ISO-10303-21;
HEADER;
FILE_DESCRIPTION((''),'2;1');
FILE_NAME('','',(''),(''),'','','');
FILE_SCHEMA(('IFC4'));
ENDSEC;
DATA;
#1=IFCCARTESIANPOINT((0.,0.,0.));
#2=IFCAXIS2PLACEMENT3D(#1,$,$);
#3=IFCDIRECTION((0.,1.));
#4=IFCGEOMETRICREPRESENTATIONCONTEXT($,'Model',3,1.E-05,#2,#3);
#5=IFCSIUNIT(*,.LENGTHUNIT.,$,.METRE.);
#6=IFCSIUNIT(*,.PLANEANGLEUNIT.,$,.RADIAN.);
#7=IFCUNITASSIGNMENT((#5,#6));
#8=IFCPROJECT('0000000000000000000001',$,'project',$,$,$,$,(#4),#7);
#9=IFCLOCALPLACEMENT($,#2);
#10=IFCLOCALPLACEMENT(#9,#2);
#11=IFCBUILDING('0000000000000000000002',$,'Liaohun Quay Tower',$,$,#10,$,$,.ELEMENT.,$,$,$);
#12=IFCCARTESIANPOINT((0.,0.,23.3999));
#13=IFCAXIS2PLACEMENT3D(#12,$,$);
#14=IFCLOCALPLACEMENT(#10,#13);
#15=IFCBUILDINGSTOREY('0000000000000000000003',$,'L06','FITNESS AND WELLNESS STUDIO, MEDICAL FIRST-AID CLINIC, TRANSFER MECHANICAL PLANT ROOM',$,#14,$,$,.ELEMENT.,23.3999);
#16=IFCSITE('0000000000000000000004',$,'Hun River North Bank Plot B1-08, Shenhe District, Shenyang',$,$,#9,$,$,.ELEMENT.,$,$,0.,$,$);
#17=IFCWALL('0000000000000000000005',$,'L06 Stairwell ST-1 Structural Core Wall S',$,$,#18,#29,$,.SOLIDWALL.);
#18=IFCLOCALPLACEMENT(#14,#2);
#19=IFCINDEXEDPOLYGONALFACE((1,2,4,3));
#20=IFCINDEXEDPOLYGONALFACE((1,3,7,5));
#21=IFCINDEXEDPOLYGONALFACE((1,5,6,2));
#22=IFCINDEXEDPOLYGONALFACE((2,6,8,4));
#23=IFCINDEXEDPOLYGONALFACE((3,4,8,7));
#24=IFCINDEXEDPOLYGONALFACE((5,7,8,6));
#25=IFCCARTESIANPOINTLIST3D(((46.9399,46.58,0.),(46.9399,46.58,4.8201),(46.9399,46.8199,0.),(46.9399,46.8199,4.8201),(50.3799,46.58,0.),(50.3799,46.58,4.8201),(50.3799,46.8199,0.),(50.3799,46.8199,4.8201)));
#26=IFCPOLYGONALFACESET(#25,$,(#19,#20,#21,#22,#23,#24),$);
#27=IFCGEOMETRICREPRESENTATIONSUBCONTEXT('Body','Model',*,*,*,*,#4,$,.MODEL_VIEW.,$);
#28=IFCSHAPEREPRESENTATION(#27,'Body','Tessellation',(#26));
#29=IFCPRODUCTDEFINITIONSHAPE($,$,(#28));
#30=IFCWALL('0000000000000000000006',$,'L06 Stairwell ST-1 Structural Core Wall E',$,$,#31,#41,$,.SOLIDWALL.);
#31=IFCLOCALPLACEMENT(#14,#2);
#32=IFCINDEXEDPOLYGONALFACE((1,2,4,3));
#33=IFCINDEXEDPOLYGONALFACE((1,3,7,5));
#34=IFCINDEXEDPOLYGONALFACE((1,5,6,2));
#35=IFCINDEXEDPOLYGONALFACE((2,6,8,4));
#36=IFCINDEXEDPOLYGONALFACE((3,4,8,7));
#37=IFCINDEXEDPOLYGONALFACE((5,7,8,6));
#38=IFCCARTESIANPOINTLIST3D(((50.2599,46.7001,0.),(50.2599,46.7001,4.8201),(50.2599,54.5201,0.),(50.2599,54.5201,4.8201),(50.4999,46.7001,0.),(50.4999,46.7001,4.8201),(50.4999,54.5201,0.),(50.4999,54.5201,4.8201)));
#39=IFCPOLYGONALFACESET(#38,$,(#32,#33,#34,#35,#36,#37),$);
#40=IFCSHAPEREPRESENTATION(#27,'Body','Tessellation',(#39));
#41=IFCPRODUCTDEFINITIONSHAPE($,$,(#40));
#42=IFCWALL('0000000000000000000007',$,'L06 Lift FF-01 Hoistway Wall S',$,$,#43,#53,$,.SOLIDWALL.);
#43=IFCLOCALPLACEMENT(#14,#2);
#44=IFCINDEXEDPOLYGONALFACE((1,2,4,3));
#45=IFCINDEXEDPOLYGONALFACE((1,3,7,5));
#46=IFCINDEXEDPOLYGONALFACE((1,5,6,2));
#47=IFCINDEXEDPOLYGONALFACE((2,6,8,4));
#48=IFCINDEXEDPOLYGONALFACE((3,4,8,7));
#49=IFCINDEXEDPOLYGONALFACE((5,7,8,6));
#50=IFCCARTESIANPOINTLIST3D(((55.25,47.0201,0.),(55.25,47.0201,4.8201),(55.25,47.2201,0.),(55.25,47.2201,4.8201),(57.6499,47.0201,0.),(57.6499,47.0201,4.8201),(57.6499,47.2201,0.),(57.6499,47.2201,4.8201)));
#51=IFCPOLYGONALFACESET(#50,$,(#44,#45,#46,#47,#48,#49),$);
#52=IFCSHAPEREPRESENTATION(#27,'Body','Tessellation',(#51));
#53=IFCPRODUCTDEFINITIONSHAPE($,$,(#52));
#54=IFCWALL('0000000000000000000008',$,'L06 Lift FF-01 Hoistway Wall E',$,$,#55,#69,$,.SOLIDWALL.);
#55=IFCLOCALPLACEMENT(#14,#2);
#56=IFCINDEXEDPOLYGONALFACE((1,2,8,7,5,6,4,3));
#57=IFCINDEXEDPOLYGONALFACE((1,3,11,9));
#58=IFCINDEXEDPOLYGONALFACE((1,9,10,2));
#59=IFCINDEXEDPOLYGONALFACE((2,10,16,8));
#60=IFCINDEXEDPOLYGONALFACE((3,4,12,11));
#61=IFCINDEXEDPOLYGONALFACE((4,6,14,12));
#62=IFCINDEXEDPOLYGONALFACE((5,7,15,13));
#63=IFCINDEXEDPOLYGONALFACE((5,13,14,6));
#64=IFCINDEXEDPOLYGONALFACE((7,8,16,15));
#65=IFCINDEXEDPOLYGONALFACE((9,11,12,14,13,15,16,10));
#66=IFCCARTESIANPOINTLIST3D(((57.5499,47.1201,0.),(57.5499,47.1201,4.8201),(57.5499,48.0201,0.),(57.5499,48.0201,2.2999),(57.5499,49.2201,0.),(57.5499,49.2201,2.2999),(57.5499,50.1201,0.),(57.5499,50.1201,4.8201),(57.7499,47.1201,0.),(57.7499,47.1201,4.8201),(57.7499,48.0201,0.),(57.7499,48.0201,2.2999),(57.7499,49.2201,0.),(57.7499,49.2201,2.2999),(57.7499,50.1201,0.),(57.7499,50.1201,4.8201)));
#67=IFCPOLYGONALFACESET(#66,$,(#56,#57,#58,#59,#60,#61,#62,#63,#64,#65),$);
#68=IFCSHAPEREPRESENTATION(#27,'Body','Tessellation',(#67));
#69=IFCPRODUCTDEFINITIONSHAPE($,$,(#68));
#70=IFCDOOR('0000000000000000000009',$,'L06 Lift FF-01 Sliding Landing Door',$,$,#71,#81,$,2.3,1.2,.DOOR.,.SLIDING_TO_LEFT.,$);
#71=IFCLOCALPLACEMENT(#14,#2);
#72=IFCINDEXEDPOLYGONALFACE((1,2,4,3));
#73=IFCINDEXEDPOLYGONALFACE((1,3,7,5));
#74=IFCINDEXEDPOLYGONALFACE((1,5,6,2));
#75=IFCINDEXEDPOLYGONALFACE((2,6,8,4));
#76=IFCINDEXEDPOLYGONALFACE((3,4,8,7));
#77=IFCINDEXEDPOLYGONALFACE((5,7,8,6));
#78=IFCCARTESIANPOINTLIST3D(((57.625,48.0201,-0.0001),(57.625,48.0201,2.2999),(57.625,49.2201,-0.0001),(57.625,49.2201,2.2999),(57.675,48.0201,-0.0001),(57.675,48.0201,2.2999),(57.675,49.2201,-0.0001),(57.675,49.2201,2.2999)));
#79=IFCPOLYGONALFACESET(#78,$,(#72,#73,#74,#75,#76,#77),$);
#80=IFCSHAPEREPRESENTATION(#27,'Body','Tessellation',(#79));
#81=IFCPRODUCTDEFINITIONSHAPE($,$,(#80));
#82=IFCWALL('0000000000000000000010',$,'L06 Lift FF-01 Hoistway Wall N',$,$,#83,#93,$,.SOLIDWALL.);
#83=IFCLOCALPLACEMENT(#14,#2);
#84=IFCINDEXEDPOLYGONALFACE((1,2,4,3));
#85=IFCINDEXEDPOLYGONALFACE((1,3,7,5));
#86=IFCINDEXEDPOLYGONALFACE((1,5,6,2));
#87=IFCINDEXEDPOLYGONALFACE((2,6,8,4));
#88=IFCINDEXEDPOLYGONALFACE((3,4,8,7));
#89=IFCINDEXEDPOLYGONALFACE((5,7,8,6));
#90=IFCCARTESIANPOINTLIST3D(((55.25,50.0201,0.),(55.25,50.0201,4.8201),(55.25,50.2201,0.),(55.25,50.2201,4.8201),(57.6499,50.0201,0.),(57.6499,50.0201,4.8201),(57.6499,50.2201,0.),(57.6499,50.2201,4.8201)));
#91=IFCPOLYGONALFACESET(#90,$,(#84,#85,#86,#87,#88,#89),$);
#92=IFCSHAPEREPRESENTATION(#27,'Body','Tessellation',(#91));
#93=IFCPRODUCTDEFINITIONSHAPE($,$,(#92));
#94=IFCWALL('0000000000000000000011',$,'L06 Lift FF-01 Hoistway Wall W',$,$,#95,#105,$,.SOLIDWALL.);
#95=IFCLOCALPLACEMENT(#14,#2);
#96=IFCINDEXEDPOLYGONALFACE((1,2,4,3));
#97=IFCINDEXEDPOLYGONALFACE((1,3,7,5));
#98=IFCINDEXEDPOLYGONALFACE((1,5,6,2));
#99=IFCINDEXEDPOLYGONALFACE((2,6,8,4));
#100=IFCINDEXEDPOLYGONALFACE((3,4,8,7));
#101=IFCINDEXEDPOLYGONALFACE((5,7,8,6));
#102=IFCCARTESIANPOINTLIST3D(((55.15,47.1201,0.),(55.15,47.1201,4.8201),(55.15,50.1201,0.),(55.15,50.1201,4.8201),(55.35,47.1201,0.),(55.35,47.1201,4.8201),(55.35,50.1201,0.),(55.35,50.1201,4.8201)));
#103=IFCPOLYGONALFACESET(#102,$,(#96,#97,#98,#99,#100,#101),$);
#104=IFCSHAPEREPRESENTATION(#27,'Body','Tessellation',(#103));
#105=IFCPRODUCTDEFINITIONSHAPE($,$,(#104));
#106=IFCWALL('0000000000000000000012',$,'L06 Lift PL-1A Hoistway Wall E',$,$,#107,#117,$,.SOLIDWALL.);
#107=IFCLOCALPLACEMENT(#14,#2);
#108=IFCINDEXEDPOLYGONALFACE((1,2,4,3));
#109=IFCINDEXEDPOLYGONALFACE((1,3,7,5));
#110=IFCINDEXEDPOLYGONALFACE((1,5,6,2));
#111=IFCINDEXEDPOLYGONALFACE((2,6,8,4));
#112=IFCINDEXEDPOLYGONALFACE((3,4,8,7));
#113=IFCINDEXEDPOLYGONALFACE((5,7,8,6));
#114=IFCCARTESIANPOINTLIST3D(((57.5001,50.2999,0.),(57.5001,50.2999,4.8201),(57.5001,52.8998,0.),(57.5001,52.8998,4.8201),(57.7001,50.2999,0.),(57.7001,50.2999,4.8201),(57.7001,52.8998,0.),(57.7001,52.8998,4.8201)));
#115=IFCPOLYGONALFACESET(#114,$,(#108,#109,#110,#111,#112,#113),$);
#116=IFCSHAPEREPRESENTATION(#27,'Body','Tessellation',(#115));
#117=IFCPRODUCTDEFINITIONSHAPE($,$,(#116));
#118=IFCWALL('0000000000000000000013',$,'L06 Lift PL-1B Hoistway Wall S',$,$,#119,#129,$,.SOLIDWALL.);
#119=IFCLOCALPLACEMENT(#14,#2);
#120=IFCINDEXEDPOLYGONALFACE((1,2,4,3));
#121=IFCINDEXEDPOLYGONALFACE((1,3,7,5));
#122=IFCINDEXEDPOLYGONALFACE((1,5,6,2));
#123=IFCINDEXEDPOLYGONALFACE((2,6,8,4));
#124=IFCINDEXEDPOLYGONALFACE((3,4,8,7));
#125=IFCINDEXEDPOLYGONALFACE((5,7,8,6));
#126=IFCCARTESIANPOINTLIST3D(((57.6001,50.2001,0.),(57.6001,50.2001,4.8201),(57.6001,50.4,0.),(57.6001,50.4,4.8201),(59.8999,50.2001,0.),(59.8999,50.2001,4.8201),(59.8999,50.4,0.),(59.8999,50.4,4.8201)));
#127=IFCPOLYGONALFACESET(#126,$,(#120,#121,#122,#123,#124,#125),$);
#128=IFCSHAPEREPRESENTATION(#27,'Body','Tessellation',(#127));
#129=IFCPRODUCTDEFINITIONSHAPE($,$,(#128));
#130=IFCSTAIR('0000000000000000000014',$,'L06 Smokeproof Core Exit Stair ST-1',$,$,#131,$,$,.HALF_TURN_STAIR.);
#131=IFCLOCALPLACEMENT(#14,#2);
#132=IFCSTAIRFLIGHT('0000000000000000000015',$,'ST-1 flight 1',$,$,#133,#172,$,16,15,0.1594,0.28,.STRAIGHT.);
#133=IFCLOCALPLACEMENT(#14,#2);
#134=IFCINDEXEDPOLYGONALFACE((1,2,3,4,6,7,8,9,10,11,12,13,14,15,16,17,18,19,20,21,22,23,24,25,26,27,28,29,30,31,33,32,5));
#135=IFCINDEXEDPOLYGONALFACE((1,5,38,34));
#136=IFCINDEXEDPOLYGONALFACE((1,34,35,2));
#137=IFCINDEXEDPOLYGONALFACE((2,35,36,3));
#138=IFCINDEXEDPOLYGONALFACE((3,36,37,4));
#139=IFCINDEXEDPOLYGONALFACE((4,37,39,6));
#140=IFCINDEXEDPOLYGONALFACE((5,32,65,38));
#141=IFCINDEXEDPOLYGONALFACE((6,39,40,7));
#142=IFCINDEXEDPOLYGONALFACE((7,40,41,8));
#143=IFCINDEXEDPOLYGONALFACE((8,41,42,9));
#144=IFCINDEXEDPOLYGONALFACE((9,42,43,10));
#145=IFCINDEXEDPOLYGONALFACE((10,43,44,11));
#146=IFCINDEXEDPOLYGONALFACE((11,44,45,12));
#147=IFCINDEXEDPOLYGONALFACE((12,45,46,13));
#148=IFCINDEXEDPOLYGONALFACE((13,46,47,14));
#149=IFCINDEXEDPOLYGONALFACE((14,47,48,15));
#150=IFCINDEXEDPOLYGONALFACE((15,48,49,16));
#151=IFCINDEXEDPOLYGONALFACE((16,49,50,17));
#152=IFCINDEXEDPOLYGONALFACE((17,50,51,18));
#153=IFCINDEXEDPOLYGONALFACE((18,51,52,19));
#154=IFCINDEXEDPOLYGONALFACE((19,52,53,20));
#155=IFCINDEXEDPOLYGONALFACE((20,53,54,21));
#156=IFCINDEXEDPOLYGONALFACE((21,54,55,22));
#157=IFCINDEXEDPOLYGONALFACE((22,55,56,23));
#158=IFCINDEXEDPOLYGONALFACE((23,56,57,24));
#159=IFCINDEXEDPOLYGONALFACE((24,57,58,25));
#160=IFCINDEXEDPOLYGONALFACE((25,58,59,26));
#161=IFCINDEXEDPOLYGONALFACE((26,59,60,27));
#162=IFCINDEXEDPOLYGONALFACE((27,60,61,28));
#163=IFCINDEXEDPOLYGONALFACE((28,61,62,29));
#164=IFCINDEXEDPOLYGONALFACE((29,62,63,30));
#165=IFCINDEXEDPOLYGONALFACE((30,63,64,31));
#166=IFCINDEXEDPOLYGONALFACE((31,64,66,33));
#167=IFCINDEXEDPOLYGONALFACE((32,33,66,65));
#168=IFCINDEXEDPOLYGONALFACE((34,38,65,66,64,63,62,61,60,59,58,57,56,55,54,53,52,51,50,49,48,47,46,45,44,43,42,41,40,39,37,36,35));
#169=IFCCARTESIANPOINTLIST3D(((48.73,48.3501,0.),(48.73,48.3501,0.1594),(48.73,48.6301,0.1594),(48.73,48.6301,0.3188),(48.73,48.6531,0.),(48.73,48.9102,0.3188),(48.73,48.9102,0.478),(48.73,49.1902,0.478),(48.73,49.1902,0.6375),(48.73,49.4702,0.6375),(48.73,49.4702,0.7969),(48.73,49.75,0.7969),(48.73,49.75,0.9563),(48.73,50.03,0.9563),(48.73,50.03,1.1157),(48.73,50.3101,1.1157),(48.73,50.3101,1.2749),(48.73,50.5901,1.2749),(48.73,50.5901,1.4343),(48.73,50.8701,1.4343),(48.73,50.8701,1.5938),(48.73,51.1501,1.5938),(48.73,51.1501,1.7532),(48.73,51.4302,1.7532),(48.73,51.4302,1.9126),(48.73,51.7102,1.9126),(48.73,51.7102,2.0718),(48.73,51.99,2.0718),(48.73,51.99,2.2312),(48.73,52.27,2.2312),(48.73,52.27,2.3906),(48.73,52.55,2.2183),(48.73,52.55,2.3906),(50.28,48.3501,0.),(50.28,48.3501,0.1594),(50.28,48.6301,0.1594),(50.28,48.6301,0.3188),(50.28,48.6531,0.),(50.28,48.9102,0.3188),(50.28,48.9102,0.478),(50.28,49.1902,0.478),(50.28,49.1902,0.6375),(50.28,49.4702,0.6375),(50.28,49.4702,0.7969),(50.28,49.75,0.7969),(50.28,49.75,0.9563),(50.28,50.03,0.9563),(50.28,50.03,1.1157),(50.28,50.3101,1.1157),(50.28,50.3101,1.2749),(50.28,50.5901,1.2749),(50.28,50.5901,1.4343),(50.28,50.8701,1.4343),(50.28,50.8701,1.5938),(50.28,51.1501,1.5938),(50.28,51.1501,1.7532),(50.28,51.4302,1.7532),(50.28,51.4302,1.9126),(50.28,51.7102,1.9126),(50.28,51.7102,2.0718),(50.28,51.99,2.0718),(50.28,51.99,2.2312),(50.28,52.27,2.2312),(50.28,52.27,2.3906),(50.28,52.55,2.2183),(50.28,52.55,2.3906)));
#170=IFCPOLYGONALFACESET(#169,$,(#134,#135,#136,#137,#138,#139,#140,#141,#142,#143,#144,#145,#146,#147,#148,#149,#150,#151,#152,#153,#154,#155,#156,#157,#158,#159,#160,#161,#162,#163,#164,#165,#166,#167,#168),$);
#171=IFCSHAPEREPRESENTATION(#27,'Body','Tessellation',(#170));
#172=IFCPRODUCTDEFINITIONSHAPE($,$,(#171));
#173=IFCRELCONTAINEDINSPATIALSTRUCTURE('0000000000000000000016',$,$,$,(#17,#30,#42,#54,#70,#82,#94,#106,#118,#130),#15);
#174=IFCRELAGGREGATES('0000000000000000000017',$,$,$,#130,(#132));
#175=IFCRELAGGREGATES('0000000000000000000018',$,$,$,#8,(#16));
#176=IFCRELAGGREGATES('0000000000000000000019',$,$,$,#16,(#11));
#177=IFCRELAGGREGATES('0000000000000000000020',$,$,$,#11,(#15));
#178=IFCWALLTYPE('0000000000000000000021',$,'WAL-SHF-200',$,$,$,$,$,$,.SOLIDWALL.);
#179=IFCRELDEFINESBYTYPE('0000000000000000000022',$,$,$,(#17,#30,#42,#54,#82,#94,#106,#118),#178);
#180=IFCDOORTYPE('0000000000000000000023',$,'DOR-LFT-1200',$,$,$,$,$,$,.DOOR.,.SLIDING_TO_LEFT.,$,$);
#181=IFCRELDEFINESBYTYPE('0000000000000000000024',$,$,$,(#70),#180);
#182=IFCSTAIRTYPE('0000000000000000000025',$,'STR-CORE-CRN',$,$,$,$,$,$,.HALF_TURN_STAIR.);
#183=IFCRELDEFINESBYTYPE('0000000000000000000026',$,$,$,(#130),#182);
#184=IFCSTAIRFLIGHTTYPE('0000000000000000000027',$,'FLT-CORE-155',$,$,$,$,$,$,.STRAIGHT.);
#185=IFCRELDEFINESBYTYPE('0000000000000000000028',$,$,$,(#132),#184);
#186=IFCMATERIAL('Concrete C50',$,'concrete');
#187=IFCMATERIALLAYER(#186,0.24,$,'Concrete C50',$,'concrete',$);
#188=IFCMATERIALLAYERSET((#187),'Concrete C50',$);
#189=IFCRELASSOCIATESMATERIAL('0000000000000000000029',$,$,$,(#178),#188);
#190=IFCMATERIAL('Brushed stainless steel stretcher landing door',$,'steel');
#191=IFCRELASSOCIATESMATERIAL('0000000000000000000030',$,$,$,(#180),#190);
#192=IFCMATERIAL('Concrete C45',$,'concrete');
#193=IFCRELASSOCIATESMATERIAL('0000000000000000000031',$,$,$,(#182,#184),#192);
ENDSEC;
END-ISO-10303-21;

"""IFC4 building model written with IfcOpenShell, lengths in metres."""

from ifc_helpers import new_model, si_unit, direction, frame, frame_2d, origin, place, context, subcontext, project, spatial, polyline, rectangle, outline, extrude, source, transform, mapped, material, layer, layer_set, type_object, element, fill, aggregate, save


model = new_model("IFC4")

# Units and contexts
model_context = context("Model", 3, precision=1e-05, world=origin(), true_north=direction((0.0, 1.0)))
body_context = subcontext(model_context, "Body", "Model", "MODEL_VIEW")
ifc_project = project(units=[si_unit("LENGTHUNIT", "METRE"), si_unit("PLANEANGLEUNIT", "RADIAN")], contexts=[model_context])

# Site, building, storey
site_placement = place(None, origin())
site = spatial("IfcSite", under=ifc_project, at=site_placement, Name="Hun River North Bank Plot B1-08, Shenhe District, Shenyang", CompositionType="ELEMENT", RefElevation=0.0)
building_placement = place(site_placement, origin())
building = spatial("IfcBuilding", under=site, at=building_placement, Name="Liaohun Quay Tower", CompositionType="ELEMENT")
storey_placement = place(building_placement, frame((0.0, 0.0, 23.3999)))
storey = spatial("IfcBuildingStorey", under=building, at=storey_placement, Name="L06", Description="FITNESS AND WELLNESS STUDIO, MEDICAL FIRST-AID CLINIC, TRANSFER MECHANICAL PLANT ROOM", CompositionType="ELEMENT", Elevation=23.3999)

# Walls
ifc_material_1 = material(Name="Concrete C50", Category="concrete")
ifc_layer_1 = layer(ifc_material_1, 0.24, Name="Concrete C50", Category="concrete")
ifc_layer_set_1 = layer_set([ifc_layer_1], Name="Concrete C50")
wall_type_1 = type_object("IfcWallType", Name="WAL-SHF-200", PredefinedType="SOLIDWALL", material=ifc_layer_set_1)
wall_1_placement = place(storey_placement, frame((46.9399, 46.7, 0.0), z_axis=(0.0, 0.0, 1.0), x_axis=(1.0, 0.0, 0.0)))
element("IfcWall", 1, at=wall_1_placement, inside=storey, type_object=wall_type_1, Name="L06 Stairwell ST-1 Structural Core Wall S", PredefinedType="SOLIDWALL", context=body_context, shape_type="SweptSolid", body=[
    extrude(rectangle(XDim=3.4399, YDim=0.24, at=frame_2d((1.72, 0.0))), origin(), (0.0, 0.0, 1.0), 4.8201),
])
wall_2_placement = place(storey_placement, frame((50.3799, 46.7, 0.0), z_axis=(0.0, 0.0, 1.0), x_axis=(0.0, 1.0, 0.0)))
element("IfcWall", 2, at=wall_2_placement, inside=storey, type_object=wall_type_1, Name="L06 Stairwell ST-1 Structural Core Wall E", PredefinedType="SOLIDWALL", context=body_context, shape_type="SweptSolid", body=[
    extrude(rectangle(XDim=7.8201, YDim=0.24, at=frame_2d((3.9102, 0.0))), origin(), (0.0, 0.0, 1.0), 4.8201),
])
wall_3_placement = place(storey_placement, frame((55.25, 47.1201, 0.0), z_axis=(0.0, 0.0, 1.0), x_axis=(1.0, 0.0, 0.0)))
element("IfcWall", 3, at=wall_3_placement, inside=storey, type_object=wall_type_1, Name="L06 Lift FF-01 Hoistway Wall S", PredefinedType="SOLIDWALL", context=body_context, shape_type="SweptSolid", body=[
    extrude(rectangle(XDim=2.3999, YDim=0.2, at=frame_2d((1.2, 0.0))), origin(), (0.0, 0.0, 1.0), 4.8201),
])

# Wall, opening, door
wall_4_placement = place(storey_placement, frame((57.6499, 47.1201, 0.0), z_axis=(0.0, 0.0, 1.0), x_axis=(0.0, 1.0, 0.0)))
wall_4 = element("IfcWall", 4, at=wall_4_placement, inside=storey, type_object=wall_type_1, Name="L06 Lift FF-01 Hoistway Wall E", PredefinedType="SOLIDWALL", context=body_context, shape_type="SweptSolid", body=[
    extrude(rectangle(XDim=3.0, YDim=0.2, at=frame_2d((1.5, 0.0))), origin(), (0.0, 0.0, 1.0), 4.8201),
])
shared_shape_1 = source(origin(), body_context, "Body", "SweptSolid", [
    extrude(rectangle(XDim=1.2, YDim=2.3, at=frame_2d((0.6001, 1.1499))), frame((0.0, 0.1099, 0.0), z_axis=(0.0, -1.0, 0.0), x_axis=(1.0, 0.0, 0.0)), (0.0, 0.0, 1.0), 0.22),
])
opening_1_placement = place(wall_4_placement, frame((0.8999, 0.0, 0.0)))
opening_1 = element("IfcOpeningElement", 5, at=opening_1_placement, cuts=wall_4, PredefinedType="OPENING", context=body_context, shape_type="MappedRepresentation", body=[
    mapped(shared_shape_1, transform((0.0, 0.0, 0.0), x_axis=(1.0, 0.0, 0.0), y_axis=(0.0, 1.0, 0.0), z_axis=(0.0, 0.0, 1.0), scale=1.0)),
])
ifc_material_2 = material(Name="Brushed stainless steel stretcher landing door", Category="steel")
door_type_1 = type_object("IfcDoorType", Name="DOR-LFT-1200", OperationType="SLIDING_TO_LEFT", PredefinedType="DOOR", material=ifc_material_2)
shared_shape_2 = source(origin(), body_context, "Body", "SweptSolid", [
    extrude(rectangle(XDim=1.2, YDim=2.3, at=frame_2d((0.6001, 1.1499))), frame((0.0, 0.0249, 0.0), z_axis=(0.0, -1.0, 0.0), x_axis=(1.0, 0.0, 0.0)), (0.0, 0.0, 1.0), 0.05),
])
door_1_placement = place(opening_1_placement, origin())
door_1 = element("IfcDoor", 6, at=door_1_placement, inside=storey, type_object=door_type_1, Name="L06 Lift FF-01 Sliding Landing Door", OperationType="SLIDING_TO_LEFT", OverallHeight=2.3, OverallWidth=1.2, PredefinedType="DOOR", context=body_context, shape_type="MappedRepresentation", body=[
    mapped(shared_shape_2, transform((0.0, 0.0, 0.0), x_axis=(1.0, 0.0, 0.0), y_axis=(0.0, 1.0, 0.0), z_axis=(0.0, 0.0, 1.0), scale=1.0)),
])
fill(opening_1, door_1)

# Walls
wall_5_placement = place(storey_placement, frame((57.6499, 50.1201, 0.0), z_axis=(0.0, 0.0, 1.0), x_axis=(-1.0, 0.0, 0.0)))
element("IfcWall", 7, at=wall_5_placement, inside=storey, type_object=wall_type_1, Name="L06 Lift FF-01 Hoistway Wall N", PredefinedType="SOLIDWALL", context=body_context, shape_type="SweptSolid", body=[
    extrude(rectangle(XDim=2.3999, YDim=0.2, at=frame_2d((1.2, 0.0))), origin(), (0.0, 0.0, 1.0), 4.8201),
])
wall_6_placement = place(storey_placement, frame((55.25, 50.1201, 0.0), z_axis=(0.0, 0.0, 1.0), x_axis=(0.0, -1.0, 0.0)))
element("IfcWall", 8, at=wall_6_placement, inside=storey, type_object=wall_type_1, Name="L06 Lift FF-01 Hoistway Wall W", PredefinedType="SOLIDWALL", context=body_context, shape_type="SweptSolid", body=[
    extrude(rectangle(XDim=3.0, YDim=0.2, at=frame_2d((1.5, 0.0))), origin(), (0.0, 0.0, 1.0), 4.8201),
])
wall_7_placement = place(storey_placement, frame((57.6001, 50.3, 0.0), z_axis=(0.0, 0.0, 1.0), x_axis=(0.0, 1.0, 0.0)))
element("IfcWall", 9, at=wall_7_placement, inside=storey, type_object=wall_type_1, Name="L06 Lift PL-1A Hoistway Wall E", PredefinedType="SOLIDWALL", context=body_context, shape_type="SweptSolid", body=[
    extrude(rectangle(XDim=2.5999, YDim=0.2, at=frame_2d((1.2998, 0.0))), origin(), (0.0, 0.0, 1.0), 4.8201),
])
wall_8_placement = place(storey_placement, frame((57.6001, 50.3, 0.0), z_axis=(0.0, 0.0, 1.0), x_axis=(1.0, 0.0, 0.0)))
element("IfcWall", 10, at=wall_8_placement, inside=storey, type_object=wall_type_1, Name="L06 Lift PL-1B Hoistway Wall S", PredefinedType="SOLIDWALL", context=body_context, shape_type="SweptSolid", body=[
    extrude(rectangle(XDim=2.2998, YDim=0.2, at=frame_2d((1.1499, 0.0))), origin(), (0.0, 0.0, 1.0), 4.8201),
])

# Stair, stair flight
ifc_material_3 = material(Name="Concrete C45", Category="concrete")
stair_type = type_object("IfcStairType", Name="STR-CORE-CRN", PredefinedType="HALF_TURN_STAIR", material=ifc_material_3)
stair_placement = place(storey_placement, origin())
stair = element("IfcStair", 11, at=stair_placement, inside=storey, type_object=stair_type, Name="L06 Smokeproof Core Exit Stair ST-1", PredefinedType="HALF_TURN_STAIR")
stair_flight_type = type_object("IfcStairFlightType", Name="FLT-CORE-155", PredefinedType="STRAIGHT", material=ifc_material_3)
stair_flight_placement = place(storey_placement, frame((49.5049, 48.3501, 0.0), z_axis=(0.0, 0.0, 1.0), x_axis=(0.0, 1.0, 0.0)))
stair_flight = element("IfcStairFlight", 12, at=stair_flight_placement, type_object=stair_flight_type, Name="ST-1 flight 1", NumberOfRisers=16, NumberOfTreads=15, PredefinedType="STRAIGHT", RiserHeight=0.1594, TreadLength=0.28, context=body_context, shape_type="SweptSolid", body=[
    extrude(outline(polyline([(0.0, 0.0), (0.0, 0.1594), (0.28, 0.1594), (0.28, 0.3188), (0.5601, 0.3188), (0.5601, 0.478), (0.8401, 0.478), (0.8401, 0.6375), (1.1201, 0.6375), (1.1201, 0.7969), (1.3999, 0.7969), (1.3999, 0.9563), (1.6799, 0.9563), (1.6799, 1.1157), (1.96, 1.1157), (1.96, 1.2749), (2.24, 1.2749), (2.24, 1.4343), (2.52, 1.4343), (2.52, 1.5938), (2.8, 1.5938), (2.8, 1.7532), (3.0801, 1.7532), (3.0801, 1.9126), (3.3601, 1.9126), (3.3601, 2.0718), (3.6399, 2.0718), (3.6399, 2.2312), (3.9199, 2.2312), (3.9199, 2.3906), (4.2, 2.3906), (4.2, 2.55), (4.2, 2.2183), (0.303, 0.0), (0.0, 0.0)])), frame((0.0, 0.7749, 0.0), z_axis=(0.0, -1.0, 0.0), x_axis=(1.0, 0.0, 0.0)), (0.0, 0.0, 1.0), 1.55),
])
aggregate(stair, [stair_flight])

save(model, "model.ifc")
